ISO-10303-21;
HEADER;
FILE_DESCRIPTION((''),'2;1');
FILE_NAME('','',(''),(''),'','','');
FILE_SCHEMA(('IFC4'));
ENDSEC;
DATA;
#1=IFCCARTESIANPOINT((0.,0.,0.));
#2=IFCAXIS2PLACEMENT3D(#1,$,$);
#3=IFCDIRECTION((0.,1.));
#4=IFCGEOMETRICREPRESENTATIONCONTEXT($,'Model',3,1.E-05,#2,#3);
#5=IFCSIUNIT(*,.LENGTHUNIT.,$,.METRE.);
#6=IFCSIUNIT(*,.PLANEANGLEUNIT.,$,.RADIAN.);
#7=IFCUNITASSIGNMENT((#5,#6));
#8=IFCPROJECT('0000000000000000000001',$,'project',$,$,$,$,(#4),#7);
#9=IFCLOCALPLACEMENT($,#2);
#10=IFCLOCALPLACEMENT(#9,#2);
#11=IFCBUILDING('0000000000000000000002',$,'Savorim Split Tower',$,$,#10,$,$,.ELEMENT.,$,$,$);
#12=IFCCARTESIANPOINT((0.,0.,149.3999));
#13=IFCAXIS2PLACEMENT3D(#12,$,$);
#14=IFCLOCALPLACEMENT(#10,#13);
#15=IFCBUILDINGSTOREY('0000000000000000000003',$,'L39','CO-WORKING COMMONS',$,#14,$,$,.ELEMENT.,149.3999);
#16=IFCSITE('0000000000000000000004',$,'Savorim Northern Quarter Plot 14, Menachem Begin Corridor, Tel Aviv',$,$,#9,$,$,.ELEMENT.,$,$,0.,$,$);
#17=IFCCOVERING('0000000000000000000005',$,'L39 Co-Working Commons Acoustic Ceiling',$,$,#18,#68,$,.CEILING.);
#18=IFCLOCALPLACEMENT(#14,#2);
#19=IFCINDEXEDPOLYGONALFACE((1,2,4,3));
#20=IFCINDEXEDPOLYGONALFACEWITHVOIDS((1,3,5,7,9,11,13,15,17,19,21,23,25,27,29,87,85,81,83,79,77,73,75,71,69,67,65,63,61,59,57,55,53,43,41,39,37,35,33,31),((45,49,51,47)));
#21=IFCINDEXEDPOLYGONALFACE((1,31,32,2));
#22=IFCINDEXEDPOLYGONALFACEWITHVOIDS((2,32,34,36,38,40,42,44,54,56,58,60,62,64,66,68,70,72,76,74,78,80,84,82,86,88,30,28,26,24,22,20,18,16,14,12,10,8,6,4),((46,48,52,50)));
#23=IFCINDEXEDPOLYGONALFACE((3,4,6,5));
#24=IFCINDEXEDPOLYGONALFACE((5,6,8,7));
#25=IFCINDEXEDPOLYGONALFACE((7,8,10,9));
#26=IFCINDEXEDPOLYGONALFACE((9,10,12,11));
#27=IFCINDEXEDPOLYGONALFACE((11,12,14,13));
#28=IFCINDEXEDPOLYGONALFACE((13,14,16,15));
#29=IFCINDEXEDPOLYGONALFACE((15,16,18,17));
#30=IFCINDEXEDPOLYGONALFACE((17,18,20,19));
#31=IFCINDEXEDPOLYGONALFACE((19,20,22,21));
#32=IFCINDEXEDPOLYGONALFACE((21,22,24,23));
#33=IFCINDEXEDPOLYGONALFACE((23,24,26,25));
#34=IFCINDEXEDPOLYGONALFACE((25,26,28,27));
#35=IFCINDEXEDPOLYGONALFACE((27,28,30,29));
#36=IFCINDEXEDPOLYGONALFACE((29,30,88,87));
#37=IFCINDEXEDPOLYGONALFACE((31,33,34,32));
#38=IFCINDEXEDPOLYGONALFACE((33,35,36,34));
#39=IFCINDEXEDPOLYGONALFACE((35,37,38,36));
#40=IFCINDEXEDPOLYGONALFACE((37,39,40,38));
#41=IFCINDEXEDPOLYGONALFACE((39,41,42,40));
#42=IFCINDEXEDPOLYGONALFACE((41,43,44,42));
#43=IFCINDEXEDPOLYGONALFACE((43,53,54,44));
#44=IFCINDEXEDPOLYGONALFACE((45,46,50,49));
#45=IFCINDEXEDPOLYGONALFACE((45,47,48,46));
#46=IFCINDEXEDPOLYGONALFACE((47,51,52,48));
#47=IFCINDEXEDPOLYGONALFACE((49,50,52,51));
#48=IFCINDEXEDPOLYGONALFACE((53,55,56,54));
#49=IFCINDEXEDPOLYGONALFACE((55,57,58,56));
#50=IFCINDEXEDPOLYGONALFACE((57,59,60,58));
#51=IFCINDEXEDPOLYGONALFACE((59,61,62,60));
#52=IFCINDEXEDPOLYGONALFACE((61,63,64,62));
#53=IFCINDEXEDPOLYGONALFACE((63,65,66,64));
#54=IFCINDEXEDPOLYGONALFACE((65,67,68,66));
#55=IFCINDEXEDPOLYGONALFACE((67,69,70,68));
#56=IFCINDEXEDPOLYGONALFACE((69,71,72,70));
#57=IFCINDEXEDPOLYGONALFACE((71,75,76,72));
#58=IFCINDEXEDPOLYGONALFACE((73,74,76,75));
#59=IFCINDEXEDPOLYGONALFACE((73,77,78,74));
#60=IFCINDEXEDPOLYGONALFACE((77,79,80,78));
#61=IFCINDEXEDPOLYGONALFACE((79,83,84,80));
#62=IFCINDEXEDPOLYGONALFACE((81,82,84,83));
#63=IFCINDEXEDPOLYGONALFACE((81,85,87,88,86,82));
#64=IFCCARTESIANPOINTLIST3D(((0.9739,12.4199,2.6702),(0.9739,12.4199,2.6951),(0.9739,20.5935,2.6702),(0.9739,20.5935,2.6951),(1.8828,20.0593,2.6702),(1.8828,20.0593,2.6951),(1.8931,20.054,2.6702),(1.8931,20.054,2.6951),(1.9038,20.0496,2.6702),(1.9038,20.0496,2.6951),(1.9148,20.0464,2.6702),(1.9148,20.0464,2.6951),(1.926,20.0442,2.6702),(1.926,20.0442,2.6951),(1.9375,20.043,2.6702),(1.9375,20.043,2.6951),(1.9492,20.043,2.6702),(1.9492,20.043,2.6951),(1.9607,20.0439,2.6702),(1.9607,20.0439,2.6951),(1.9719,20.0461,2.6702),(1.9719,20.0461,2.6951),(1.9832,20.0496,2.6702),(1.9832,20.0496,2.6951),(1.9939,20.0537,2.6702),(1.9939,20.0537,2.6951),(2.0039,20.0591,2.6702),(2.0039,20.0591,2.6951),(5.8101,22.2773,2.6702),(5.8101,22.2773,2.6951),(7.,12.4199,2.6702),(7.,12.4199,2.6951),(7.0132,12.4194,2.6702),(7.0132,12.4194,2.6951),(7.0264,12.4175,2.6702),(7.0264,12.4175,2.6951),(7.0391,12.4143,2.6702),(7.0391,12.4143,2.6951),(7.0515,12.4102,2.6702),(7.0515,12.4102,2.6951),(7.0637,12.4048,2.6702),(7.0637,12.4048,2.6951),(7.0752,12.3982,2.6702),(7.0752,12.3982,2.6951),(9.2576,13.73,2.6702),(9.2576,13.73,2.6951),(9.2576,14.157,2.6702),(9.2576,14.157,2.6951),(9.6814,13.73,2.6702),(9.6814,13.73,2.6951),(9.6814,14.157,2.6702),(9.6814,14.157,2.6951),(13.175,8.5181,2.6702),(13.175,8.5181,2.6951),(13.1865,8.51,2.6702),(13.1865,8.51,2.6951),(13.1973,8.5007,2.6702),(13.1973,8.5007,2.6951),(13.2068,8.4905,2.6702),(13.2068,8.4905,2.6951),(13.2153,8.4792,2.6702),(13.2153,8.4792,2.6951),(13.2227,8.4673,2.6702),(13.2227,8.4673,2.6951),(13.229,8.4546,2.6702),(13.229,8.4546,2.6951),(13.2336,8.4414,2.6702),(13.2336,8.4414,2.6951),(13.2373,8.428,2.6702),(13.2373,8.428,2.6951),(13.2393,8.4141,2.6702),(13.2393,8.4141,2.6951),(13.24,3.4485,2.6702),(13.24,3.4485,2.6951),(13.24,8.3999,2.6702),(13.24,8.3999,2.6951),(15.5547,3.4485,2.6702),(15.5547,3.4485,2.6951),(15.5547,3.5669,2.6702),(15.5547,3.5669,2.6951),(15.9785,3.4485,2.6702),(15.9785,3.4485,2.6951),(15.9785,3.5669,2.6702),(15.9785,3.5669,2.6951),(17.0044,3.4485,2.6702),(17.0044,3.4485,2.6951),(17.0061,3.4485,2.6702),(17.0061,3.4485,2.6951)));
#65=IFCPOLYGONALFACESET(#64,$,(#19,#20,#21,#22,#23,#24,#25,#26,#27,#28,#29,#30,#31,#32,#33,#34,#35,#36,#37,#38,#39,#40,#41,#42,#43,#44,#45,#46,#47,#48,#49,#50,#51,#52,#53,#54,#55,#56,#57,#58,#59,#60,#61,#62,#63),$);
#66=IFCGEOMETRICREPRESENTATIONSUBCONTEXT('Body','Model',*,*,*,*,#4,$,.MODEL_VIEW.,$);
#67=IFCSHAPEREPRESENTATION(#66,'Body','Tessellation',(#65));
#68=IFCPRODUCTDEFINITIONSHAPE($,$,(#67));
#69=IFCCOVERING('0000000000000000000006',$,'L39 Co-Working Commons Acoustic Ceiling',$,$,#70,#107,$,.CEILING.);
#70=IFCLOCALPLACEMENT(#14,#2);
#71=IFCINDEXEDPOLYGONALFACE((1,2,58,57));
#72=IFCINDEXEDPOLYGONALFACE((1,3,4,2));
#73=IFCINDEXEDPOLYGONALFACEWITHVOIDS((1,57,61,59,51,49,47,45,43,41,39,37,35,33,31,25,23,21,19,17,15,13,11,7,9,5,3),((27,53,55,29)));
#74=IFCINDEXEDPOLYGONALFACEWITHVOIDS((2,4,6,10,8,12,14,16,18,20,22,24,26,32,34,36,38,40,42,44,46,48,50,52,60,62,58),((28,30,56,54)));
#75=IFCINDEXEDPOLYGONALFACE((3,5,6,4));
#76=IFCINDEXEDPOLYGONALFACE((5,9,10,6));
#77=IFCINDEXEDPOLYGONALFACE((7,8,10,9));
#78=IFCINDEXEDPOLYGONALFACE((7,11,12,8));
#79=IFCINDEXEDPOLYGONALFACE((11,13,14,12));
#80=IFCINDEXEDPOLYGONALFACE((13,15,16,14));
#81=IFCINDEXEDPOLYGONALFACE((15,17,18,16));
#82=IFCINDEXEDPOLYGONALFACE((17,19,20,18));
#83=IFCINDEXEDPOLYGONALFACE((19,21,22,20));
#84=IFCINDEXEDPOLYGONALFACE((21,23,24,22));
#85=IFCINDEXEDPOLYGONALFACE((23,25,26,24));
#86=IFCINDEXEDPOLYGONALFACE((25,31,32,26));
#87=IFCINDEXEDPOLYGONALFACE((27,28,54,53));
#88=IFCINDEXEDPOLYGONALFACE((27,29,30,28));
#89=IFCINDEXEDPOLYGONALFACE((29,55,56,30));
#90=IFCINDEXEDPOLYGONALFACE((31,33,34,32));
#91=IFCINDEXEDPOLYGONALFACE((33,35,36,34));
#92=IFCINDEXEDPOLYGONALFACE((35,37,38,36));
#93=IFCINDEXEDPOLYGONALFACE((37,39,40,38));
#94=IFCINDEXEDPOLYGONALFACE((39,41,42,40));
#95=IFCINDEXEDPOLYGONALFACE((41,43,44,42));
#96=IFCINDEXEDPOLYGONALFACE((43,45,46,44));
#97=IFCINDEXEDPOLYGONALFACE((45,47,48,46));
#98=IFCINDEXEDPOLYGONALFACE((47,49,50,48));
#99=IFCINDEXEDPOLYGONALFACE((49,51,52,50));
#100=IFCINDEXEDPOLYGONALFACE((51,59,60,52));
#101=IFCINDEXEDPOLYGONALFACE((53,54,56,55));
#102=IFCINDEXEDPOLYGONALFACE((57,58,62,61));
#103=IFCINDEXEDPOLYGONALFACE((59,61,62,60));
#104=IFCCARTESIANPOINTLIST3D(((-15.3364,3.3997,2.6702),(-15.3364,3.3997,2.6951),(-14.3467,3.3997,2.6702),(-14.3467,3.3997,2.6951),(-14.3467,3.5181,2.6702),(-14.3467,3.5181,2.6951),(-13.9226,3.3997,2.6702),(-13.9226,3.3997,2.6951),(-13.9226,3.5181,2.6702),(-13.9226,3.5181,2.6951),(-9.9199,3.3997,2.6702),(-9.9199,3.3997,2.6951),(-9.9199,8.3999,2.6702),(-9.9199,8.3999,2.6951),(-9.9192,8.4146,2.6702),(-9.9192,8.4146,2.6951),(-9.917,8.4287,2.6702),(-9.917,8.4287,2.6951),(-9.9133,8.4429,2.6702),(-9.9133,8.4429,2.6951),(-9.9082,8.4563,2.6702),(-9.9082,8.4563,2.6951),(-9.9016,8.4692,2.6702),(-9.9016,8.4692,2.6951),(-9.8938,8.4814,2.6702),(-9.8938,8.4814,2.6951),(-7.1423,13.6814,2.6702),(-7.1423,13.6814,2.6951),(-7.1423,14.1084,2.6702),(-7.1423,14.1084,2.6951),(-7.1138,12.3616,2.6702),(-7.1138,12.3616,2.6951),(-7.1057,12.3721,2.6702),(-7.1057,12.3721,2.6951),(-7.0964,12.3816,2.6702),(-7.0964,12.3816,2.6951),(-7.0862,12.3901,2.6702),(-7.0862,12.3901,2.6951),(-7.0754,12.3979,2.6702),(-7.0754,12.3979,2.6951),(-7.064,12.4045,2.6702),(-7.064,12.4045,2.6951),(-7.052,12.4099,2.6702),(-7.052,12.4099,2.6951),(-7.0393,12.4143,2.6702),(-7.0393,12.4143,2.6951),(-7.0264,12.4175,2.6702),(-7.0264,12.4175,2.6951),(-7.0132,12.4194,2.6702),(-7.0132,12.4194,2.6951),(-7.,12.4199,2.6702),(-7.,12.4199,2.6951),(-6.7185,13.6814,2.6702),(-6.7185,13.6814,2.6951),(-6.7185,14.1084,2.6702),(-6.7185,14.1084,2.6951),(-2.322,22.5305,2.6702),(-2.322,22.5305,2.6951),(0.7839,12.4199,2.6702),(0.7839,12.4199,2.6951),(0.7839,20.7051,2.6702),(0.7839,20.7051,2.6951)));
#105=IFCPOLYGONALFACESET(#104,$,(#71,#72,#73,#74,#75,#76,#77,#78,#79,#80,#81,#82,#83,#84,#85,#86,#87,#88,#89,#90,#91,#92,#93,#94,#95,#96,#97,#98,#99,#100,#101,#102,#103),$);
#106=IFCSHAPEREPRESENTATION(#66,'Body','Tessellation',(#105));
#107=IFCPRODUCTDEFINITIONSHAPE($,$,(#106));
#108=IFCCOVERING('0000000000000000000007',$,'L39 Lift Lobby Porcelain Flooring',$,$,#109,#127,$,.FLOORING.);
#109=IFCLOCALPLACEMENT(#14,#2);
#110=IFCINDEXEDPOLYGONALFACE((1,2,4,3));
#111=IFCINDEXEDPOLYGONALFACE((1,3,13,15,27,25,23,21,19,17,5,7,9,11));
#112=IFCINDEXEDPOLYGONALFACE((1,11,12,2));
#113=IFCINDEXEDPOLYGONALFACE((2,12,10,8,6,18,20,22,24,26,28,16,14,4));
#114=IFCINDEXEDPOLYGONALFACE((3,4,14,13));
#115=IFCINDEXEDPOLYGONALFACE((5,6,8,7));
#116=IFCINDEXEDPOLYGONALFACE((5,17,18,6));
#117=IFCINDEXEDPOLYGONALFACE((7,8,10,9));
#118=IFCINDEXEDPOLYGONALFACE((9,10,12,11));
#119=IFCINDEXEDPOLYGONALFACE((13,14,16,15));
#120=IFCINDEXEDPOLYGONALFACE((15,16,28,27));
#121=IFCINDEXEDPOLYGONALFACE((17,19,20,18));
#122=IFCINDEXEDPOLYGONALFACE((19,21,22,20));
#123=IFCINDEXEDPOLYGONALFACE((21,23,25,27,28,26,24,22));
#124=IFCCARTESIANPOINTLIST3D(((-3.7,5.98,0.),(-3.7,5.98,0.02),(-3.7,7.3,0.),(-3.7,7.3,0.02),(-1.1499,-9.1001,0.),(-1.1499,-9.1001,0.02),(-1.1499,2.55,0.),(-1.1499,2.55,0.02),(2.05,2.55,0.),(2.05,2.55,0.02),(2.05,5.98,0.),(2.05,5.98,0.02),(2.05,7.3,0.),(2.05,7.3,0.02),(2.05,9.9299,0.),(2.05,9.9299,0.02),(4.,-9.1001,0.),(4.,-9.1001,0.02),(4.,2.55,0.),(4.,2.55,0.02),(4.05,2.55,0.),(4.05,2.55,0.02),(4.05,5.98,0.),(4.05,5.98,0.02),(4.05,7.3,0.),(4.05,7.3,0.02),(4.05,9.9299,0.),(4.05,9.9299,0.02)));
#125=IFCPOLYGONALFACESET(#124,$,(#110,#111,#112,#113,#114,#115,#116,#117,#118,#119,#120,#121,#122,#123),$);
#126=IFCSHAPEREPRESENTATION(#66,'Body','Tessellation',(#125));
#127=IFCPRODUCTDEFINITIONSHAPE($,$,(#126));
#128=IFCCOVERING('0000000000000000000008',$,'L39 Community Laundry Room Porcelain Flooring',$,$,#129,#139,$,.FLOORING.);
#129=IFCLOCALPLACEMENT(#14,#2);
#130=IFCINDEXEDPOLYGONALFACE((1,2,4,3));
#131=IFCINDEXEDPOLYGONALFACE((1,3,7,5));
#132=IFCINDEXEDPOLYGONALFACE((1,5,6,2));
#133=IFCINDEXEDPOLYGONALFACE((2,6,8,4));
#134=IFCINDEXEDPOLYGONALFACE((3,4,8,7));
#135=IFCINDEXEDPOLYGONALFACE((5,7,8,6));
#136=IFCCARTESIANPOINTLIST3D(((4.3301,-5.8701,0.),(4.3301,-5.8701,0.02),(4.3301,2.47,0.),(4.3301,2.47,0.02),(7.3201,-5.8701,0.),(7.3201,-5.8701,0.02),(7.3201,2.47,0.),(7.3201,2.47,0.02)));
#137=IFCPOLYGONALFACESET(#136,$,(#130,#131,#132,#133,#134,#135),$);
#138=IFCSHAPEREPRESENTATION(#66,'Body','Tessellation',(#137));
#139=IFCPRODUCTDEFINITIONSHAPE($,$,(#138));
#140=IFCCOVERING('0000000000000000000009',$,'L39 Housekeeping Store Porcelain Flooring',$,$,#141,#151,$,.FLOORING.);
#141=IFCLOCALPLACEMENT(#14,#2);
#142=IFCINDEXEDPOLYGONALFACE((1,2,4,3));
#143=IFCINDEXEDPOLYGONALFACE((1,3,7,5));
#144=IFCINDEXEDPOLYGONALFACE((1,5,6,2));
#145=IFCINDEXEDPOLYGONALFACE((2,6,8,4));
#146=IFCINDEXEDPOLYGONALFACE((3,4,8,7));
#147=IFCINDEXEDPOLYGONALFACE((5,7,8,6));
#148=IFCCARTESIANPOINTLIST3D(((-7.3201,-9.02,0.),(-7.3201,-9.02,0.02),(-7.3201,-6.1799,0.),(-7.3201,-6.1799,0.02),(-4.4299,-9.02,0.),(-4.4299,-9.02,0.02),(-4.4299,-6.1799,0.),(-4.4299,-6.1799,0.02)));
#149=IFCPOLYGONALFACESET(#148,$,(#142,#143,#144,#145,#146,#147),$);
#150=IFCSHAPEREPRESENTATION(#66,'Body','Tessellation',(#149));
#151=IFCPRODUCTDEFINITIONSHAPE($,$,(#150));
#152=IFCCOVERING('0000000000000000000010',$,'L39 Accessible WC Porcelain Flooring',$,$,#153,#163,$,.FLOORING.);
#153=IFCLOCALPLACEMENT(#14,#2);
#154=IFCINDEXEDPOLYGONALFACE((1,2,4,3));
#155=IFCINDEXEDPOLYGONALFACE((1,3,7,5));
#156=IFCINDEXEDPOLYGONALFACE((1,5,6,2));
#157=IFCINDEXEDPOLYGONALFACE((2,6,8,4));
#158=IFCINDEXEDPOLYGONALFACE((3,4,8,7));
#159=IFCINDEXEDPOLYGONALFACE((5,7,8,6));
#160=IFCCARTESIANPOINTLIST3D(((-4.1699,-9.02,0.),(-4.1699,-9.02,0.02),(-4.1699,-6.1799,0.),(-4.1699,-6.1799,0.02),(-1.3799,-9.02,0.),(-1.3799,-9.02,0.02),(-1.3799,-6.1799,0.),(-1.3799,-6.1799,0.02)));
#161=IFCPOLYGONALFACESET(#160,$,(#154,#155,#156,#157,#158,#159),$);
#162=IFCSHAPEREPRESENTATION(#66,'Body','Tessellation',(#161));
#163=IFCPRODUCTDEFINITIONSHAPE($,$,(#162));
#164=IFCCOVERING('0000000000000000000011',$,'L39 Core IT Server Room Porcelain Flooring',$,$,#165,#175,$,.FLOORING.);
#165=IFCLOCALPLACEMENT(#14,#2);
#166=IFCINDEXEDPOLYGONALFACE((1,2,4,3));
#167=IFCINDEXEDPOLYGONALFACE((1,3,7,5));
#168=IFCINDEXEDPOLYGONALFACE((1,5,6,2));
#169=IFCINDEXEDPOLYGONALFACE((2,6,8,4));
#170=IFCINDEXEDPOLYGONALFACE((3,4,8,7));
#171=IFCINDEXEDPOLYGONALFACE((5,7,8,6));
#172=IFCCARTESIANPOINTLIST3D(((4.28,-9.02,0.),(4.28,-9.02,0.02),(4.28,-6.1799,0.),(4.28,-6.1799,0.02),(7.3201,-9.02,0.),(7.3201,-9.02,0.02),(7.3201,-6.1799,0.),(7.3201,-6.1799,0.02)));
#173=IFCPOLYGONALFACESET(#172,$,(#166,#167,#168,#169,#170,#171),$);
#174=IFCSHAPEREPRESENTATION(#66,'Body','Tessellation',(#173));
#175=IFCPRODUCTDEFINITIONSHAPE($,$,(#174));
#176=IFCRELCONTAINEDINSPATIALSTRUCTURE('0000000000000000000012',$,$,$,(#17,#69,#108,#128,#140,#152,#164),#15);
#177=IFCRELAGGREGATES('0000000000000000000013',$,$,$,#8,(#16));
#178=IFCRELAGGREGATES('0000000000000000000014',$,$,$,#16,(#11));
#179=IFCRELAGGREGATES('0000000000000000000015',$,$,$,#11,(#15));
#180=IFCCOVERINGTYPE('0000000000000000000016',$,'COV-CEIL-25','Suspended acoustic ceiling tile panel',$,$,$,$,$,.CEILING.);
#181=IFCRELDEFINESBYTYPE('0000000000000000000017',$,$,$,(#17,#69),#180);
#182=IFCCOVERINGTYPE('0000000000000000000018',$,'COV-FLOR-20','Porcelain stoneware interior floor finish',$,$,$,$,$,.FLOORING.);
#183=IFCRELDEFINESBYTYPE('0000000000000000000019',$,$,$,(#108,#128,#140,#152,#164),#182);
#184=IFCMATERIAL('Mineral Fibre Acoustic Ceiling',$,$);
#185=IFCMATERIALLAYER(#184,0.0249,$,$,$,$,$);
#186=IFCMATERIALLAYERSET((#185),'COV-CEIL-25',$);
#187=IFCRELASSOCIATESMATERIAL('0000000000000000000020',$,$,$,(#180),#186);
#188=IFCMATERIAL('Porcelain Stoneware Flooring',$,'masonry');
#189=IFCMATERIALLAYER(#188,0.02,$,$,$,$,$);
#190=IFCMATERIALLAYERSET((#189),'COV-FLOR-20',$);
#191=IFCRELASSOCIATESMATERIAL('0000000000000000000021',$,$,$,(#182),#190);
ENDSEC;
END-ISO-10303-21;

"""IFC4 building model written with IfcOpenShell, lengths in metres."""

from ifc_helpers import new_model, si_unit, direction, frame, origin, place, context, subcontext, project, spatial, polyline, outline, extrude, material, layer, layer_set, type_object, element, save


model = new_model("IFC4")

# Units and contexts
model_context = context("Model", 3, precision=1e-05, world=origin(), true_north=direction((0.0, 1.0)))
body_context = subcontext(model_context, "Body", "Model", "MODEL_VIEW")
ifc_project = project(units=[si_unit("LENGTHUNIT", "METRE"), si_unit("PLANEANGLEUNIT", "RADIAN")], contexts=[model_context])

# Site, building, storey
site_placement = place(None, origin())
site = spatial("IfcSite", under=ifc_project, at=site_placement, Name="Savorim Northern Quarter Plot 14, Menachem Begin Corridor, Tel Aviv", CompositionType="ELEMENT", RefElevation=0.0)
building_placement = place(site_placement, origin())
building = spatial("IfcBuilding", under=site, at=building_placement, Name="Savorim Split Tower", CompositionType="ELEMENT")
storey_placement = place(building_placement, frame((0.0, 0.0, 149.3999)))
storey = spatial("IfcBuildingStorey", under=building, at=storey_placement, Name="L39", Description="CO-WORKING COMMONS", CompositionType="ELEMENT", Elevation=149.3999)

# Coverings
ifc_material_1 = material(Name="Mineral Fibre Acoustic Ceiling")
ifc_layer_1 = layer(ifc_material_1, 0.0249)
ifc_layer_set_1 = layer_set([ifc_layer_1], Name="COV-CEIL-25")
covering_type_1 = type_object("IfcCoveringType", Name="COV-CEIL-25", Description="Suspended acoustic ceiling tile panel", PredefinedType="CEILING", material=ifc_layer_set_1)
covering_1_placement = place(storey_placement, frame((0.0, 0.0, 2.6702)))
element("IfcCovering", 1, at=covering_1_placement, inside=storey, type_object=covering_type_1, Name="L39 Co-Working Commons Acoustic Ceiling", PredefinedType="CEILING", context=body_context, shape_type="SweptSolid", body=[
    extrude(outline(polyline([(1.9038, 20.0496), (1.8931, 20.054), (1.8828, 20.0593), (0.9739, 20.5935), (0.9739, 12.4199), (7.0, 12.4199), (7.0132, 12.4194), (7.0264, 12.4175), (7.0391, 12.4143), (7.0515, 12.4102), (7.0637, 12.4048), (7.0752, 12.3982), (13.175, 8.5181), (13.1865, 8.51), (13.1973, 8.5007), (13.2068, 8.4905), (13.2153, 8.4792), (13.2227, 8.4673), (13.229, 8.4546), (13.2336, 8.4414), (13.2373, 8.428), (13.2393, 8.4141), (13.24, 8.3999), (13.24, 3.4485), (15.5547, 3.4485), (15.5547, 3.5669), (15.9785, 3.5669), (15.9785, 3.4485), (17.0044, 3.4485), (17.0061, 3.4485), (5.8101, 22.2773), (2.0039, 20.0591), (1.9939, 20.0537), (1.9832, 20.0496), (1.9719, 20.0461), (1.9607, 20.0439), (1.9492, 20.043), (1.9375, 20.043), (1.926, 20.0442), (1.9148, 20.0464), (1.9038, 20.0496)]), holes=[polyline([(9.6814, 14.157), (9.2576, 14.157), (9.2576, 13.73), (9.6814, 13.73), (9.6814, 14.157)])]), origin(), (0.0, 0.0, 1.0), 0.0249),
])
covering_2_placement = place(storey_placement, frame((0.0, 0.0, 2.6702)))
element("IfcCovering", 2, at=covering_2_placement, inside=storey, type_object=covering_type_1, Name="L39 Co-Working Commons Acoustic Ceiling", PredefinedType="CEILING", context=body_context, shape_type="SweptSolid", body=[
    extrude(outline(polyline([(-7.0, 12.4199), (0.7839, 12.4199), (0.7839, 20.7051), (-2.322, 22.5305), (-15.3364, 3.3997), (-14.3467, 3.3997), (-14.3467, 3.5181), (-13.9226, 3.5181), (-13.9226, 3.3997), (-9.9199, 3.3997), (-9.9199, 8.3999), (-9.9192, 8.4146), (-9.917, 8.4287), (-9.9133, 8.4429), (-9.9082, 8.4563), (-9.9016, 8.4692), (-9.8938, 8.4814), (-7.1138, 12.3616), (-7.1057, 12.3721), (-7.0964, 12.3816), (-7.0862, 12.3901), (-7.0754, 12.3979), (-7.064, 12.4045), (-7.052, 12.4099), (-7.0393, 12.4143), (-7.0264, 12.4175), (-7.0132, 12.4194), (-7.0, 12.4199)]), holes=[polyline([(-6.7185, 14.1084), (-7.1423, 14.1084), (-7.1423, 13.6814), (-6.7185, 13.6814), (-6.7185, 14.1084)])]), origin(), (0.0, 0.0, 1.0), 0.0249),
])
ifc_material_2 = material(Name="Porcelain Stoneware Flooring", Category="masonry")
ifc_layer_2 = layer(ifc_material_2, 0.02)
ifc_layer_set_2 = layer_set([ifc_layer_2], Name="COV-FLOR-20")
covering_type_2 = type_object("IfcCoveringType", Name="COV-FLOR-20", Description="Porcelain stoneware interior floor finish", PredefinedType="FLOORING", material=ifc_layer_set_2)
covering_3_placement = place(storey_placement, origin())
element("IfcCovering", 3, at=covering_3_placement, inside=storey, type_object=covering_type_2, Name="L39 Lift Lobby Porcelain Flooring", PredefinedType="FLOORING", context=body_context, shape_type="SweptSolid", body=[
    extrude(outline(polyline([(2.05, 2.55), (-1.1499, 2.55), (-1.1499, -9.1001), (4.0, -9.1001), (4.0, 2.55), (4.05, 2.55), (4.05, 5.98), (4.05, 7.3), (4.05, 9.9299), (2.05, 9.9299), (2.05, 7.3), (-3.7, 7.3), (-3.7, 5.98), (2.05, 5.98), (2.05, 2.55)])), origin(), (0.0, 0.0, 1.0), 0.02),
])
covering_4_placement = place(storey_placement, origin())
element("IfcCovering", 4, at=covering_4_placement, inside=storey, type_object=covering_type_2, Name="L39 Community Laundry Room Porcelain Flooring", PredefinedType="FLOORING", context=body_context, shape_type="SweptSolid", body=[
    extrude(outline(polyline([(4.3301, 2.47), (4.3301, -5.8701), (7.3201, -5.8701), (7.3201, 2.47), (4.3301, 2.47)])), origin(), (0.0, 0.0, 1.0), 0.02),
])
covering_5_placement = place(storey_placement, origin())
element("IfcCovering", 5, at=covering_5_placement, inside=storey, type_object=covering_type_2, Name="L39 Housekeeping Store Porcelain Flooring", PredefinedType="FLOORING", context=body_context, shape_type="SweptSolid", body=[
    extrude(outline(polyline([(-7.3201, -6.1799), (-7.3201, -9.02), (-4.4299, -9.02), (-4.4299, -6.1799), (-7.3201, -6.1799)])), origin(), (0.0, 0.0, 1.0), 0.02),
])
covering_6_placement = place(storey_placement, origin())
element("IfcCovering", 6, at=covering_6_placement, inside=storey, type_object=covering_type_2, Name="L39 Accessible WC Porcelain Flooring", PredefinedType="FLOORING", context=body_context, shape_type="SweptSolid", body=[
    extrude(outline(polyline([(-4.1699, -6.1799), (-4.1699, -9.02), (-1.3799, -9.02), (-1.3799, -6.1799), (-4.1699, -6.1799)])), origin(), (0.0, 0.0, 1.0), 0.02),
])
covering_7_placement = place(storey_placement, origin())
element("IfcCovering", 7, at=covering_7_placement, inside=storey, type_object=covering_type_2, Name="L39 Core IT Server Room Porcelain Flooring", PredefinedType="FLOORING", context=body_context, shape_type="SweptSolid", body=[
    extrude(outline(polyline([(4.28, -6.1799), (4.28, -9.02), (7.3201, -9.02), (7.3201, -6.1799), (4.28, -6.1799)])), origin(), (0.0, 0.0, 1.0), 0.02),
])

save(model, "model.ifc")
